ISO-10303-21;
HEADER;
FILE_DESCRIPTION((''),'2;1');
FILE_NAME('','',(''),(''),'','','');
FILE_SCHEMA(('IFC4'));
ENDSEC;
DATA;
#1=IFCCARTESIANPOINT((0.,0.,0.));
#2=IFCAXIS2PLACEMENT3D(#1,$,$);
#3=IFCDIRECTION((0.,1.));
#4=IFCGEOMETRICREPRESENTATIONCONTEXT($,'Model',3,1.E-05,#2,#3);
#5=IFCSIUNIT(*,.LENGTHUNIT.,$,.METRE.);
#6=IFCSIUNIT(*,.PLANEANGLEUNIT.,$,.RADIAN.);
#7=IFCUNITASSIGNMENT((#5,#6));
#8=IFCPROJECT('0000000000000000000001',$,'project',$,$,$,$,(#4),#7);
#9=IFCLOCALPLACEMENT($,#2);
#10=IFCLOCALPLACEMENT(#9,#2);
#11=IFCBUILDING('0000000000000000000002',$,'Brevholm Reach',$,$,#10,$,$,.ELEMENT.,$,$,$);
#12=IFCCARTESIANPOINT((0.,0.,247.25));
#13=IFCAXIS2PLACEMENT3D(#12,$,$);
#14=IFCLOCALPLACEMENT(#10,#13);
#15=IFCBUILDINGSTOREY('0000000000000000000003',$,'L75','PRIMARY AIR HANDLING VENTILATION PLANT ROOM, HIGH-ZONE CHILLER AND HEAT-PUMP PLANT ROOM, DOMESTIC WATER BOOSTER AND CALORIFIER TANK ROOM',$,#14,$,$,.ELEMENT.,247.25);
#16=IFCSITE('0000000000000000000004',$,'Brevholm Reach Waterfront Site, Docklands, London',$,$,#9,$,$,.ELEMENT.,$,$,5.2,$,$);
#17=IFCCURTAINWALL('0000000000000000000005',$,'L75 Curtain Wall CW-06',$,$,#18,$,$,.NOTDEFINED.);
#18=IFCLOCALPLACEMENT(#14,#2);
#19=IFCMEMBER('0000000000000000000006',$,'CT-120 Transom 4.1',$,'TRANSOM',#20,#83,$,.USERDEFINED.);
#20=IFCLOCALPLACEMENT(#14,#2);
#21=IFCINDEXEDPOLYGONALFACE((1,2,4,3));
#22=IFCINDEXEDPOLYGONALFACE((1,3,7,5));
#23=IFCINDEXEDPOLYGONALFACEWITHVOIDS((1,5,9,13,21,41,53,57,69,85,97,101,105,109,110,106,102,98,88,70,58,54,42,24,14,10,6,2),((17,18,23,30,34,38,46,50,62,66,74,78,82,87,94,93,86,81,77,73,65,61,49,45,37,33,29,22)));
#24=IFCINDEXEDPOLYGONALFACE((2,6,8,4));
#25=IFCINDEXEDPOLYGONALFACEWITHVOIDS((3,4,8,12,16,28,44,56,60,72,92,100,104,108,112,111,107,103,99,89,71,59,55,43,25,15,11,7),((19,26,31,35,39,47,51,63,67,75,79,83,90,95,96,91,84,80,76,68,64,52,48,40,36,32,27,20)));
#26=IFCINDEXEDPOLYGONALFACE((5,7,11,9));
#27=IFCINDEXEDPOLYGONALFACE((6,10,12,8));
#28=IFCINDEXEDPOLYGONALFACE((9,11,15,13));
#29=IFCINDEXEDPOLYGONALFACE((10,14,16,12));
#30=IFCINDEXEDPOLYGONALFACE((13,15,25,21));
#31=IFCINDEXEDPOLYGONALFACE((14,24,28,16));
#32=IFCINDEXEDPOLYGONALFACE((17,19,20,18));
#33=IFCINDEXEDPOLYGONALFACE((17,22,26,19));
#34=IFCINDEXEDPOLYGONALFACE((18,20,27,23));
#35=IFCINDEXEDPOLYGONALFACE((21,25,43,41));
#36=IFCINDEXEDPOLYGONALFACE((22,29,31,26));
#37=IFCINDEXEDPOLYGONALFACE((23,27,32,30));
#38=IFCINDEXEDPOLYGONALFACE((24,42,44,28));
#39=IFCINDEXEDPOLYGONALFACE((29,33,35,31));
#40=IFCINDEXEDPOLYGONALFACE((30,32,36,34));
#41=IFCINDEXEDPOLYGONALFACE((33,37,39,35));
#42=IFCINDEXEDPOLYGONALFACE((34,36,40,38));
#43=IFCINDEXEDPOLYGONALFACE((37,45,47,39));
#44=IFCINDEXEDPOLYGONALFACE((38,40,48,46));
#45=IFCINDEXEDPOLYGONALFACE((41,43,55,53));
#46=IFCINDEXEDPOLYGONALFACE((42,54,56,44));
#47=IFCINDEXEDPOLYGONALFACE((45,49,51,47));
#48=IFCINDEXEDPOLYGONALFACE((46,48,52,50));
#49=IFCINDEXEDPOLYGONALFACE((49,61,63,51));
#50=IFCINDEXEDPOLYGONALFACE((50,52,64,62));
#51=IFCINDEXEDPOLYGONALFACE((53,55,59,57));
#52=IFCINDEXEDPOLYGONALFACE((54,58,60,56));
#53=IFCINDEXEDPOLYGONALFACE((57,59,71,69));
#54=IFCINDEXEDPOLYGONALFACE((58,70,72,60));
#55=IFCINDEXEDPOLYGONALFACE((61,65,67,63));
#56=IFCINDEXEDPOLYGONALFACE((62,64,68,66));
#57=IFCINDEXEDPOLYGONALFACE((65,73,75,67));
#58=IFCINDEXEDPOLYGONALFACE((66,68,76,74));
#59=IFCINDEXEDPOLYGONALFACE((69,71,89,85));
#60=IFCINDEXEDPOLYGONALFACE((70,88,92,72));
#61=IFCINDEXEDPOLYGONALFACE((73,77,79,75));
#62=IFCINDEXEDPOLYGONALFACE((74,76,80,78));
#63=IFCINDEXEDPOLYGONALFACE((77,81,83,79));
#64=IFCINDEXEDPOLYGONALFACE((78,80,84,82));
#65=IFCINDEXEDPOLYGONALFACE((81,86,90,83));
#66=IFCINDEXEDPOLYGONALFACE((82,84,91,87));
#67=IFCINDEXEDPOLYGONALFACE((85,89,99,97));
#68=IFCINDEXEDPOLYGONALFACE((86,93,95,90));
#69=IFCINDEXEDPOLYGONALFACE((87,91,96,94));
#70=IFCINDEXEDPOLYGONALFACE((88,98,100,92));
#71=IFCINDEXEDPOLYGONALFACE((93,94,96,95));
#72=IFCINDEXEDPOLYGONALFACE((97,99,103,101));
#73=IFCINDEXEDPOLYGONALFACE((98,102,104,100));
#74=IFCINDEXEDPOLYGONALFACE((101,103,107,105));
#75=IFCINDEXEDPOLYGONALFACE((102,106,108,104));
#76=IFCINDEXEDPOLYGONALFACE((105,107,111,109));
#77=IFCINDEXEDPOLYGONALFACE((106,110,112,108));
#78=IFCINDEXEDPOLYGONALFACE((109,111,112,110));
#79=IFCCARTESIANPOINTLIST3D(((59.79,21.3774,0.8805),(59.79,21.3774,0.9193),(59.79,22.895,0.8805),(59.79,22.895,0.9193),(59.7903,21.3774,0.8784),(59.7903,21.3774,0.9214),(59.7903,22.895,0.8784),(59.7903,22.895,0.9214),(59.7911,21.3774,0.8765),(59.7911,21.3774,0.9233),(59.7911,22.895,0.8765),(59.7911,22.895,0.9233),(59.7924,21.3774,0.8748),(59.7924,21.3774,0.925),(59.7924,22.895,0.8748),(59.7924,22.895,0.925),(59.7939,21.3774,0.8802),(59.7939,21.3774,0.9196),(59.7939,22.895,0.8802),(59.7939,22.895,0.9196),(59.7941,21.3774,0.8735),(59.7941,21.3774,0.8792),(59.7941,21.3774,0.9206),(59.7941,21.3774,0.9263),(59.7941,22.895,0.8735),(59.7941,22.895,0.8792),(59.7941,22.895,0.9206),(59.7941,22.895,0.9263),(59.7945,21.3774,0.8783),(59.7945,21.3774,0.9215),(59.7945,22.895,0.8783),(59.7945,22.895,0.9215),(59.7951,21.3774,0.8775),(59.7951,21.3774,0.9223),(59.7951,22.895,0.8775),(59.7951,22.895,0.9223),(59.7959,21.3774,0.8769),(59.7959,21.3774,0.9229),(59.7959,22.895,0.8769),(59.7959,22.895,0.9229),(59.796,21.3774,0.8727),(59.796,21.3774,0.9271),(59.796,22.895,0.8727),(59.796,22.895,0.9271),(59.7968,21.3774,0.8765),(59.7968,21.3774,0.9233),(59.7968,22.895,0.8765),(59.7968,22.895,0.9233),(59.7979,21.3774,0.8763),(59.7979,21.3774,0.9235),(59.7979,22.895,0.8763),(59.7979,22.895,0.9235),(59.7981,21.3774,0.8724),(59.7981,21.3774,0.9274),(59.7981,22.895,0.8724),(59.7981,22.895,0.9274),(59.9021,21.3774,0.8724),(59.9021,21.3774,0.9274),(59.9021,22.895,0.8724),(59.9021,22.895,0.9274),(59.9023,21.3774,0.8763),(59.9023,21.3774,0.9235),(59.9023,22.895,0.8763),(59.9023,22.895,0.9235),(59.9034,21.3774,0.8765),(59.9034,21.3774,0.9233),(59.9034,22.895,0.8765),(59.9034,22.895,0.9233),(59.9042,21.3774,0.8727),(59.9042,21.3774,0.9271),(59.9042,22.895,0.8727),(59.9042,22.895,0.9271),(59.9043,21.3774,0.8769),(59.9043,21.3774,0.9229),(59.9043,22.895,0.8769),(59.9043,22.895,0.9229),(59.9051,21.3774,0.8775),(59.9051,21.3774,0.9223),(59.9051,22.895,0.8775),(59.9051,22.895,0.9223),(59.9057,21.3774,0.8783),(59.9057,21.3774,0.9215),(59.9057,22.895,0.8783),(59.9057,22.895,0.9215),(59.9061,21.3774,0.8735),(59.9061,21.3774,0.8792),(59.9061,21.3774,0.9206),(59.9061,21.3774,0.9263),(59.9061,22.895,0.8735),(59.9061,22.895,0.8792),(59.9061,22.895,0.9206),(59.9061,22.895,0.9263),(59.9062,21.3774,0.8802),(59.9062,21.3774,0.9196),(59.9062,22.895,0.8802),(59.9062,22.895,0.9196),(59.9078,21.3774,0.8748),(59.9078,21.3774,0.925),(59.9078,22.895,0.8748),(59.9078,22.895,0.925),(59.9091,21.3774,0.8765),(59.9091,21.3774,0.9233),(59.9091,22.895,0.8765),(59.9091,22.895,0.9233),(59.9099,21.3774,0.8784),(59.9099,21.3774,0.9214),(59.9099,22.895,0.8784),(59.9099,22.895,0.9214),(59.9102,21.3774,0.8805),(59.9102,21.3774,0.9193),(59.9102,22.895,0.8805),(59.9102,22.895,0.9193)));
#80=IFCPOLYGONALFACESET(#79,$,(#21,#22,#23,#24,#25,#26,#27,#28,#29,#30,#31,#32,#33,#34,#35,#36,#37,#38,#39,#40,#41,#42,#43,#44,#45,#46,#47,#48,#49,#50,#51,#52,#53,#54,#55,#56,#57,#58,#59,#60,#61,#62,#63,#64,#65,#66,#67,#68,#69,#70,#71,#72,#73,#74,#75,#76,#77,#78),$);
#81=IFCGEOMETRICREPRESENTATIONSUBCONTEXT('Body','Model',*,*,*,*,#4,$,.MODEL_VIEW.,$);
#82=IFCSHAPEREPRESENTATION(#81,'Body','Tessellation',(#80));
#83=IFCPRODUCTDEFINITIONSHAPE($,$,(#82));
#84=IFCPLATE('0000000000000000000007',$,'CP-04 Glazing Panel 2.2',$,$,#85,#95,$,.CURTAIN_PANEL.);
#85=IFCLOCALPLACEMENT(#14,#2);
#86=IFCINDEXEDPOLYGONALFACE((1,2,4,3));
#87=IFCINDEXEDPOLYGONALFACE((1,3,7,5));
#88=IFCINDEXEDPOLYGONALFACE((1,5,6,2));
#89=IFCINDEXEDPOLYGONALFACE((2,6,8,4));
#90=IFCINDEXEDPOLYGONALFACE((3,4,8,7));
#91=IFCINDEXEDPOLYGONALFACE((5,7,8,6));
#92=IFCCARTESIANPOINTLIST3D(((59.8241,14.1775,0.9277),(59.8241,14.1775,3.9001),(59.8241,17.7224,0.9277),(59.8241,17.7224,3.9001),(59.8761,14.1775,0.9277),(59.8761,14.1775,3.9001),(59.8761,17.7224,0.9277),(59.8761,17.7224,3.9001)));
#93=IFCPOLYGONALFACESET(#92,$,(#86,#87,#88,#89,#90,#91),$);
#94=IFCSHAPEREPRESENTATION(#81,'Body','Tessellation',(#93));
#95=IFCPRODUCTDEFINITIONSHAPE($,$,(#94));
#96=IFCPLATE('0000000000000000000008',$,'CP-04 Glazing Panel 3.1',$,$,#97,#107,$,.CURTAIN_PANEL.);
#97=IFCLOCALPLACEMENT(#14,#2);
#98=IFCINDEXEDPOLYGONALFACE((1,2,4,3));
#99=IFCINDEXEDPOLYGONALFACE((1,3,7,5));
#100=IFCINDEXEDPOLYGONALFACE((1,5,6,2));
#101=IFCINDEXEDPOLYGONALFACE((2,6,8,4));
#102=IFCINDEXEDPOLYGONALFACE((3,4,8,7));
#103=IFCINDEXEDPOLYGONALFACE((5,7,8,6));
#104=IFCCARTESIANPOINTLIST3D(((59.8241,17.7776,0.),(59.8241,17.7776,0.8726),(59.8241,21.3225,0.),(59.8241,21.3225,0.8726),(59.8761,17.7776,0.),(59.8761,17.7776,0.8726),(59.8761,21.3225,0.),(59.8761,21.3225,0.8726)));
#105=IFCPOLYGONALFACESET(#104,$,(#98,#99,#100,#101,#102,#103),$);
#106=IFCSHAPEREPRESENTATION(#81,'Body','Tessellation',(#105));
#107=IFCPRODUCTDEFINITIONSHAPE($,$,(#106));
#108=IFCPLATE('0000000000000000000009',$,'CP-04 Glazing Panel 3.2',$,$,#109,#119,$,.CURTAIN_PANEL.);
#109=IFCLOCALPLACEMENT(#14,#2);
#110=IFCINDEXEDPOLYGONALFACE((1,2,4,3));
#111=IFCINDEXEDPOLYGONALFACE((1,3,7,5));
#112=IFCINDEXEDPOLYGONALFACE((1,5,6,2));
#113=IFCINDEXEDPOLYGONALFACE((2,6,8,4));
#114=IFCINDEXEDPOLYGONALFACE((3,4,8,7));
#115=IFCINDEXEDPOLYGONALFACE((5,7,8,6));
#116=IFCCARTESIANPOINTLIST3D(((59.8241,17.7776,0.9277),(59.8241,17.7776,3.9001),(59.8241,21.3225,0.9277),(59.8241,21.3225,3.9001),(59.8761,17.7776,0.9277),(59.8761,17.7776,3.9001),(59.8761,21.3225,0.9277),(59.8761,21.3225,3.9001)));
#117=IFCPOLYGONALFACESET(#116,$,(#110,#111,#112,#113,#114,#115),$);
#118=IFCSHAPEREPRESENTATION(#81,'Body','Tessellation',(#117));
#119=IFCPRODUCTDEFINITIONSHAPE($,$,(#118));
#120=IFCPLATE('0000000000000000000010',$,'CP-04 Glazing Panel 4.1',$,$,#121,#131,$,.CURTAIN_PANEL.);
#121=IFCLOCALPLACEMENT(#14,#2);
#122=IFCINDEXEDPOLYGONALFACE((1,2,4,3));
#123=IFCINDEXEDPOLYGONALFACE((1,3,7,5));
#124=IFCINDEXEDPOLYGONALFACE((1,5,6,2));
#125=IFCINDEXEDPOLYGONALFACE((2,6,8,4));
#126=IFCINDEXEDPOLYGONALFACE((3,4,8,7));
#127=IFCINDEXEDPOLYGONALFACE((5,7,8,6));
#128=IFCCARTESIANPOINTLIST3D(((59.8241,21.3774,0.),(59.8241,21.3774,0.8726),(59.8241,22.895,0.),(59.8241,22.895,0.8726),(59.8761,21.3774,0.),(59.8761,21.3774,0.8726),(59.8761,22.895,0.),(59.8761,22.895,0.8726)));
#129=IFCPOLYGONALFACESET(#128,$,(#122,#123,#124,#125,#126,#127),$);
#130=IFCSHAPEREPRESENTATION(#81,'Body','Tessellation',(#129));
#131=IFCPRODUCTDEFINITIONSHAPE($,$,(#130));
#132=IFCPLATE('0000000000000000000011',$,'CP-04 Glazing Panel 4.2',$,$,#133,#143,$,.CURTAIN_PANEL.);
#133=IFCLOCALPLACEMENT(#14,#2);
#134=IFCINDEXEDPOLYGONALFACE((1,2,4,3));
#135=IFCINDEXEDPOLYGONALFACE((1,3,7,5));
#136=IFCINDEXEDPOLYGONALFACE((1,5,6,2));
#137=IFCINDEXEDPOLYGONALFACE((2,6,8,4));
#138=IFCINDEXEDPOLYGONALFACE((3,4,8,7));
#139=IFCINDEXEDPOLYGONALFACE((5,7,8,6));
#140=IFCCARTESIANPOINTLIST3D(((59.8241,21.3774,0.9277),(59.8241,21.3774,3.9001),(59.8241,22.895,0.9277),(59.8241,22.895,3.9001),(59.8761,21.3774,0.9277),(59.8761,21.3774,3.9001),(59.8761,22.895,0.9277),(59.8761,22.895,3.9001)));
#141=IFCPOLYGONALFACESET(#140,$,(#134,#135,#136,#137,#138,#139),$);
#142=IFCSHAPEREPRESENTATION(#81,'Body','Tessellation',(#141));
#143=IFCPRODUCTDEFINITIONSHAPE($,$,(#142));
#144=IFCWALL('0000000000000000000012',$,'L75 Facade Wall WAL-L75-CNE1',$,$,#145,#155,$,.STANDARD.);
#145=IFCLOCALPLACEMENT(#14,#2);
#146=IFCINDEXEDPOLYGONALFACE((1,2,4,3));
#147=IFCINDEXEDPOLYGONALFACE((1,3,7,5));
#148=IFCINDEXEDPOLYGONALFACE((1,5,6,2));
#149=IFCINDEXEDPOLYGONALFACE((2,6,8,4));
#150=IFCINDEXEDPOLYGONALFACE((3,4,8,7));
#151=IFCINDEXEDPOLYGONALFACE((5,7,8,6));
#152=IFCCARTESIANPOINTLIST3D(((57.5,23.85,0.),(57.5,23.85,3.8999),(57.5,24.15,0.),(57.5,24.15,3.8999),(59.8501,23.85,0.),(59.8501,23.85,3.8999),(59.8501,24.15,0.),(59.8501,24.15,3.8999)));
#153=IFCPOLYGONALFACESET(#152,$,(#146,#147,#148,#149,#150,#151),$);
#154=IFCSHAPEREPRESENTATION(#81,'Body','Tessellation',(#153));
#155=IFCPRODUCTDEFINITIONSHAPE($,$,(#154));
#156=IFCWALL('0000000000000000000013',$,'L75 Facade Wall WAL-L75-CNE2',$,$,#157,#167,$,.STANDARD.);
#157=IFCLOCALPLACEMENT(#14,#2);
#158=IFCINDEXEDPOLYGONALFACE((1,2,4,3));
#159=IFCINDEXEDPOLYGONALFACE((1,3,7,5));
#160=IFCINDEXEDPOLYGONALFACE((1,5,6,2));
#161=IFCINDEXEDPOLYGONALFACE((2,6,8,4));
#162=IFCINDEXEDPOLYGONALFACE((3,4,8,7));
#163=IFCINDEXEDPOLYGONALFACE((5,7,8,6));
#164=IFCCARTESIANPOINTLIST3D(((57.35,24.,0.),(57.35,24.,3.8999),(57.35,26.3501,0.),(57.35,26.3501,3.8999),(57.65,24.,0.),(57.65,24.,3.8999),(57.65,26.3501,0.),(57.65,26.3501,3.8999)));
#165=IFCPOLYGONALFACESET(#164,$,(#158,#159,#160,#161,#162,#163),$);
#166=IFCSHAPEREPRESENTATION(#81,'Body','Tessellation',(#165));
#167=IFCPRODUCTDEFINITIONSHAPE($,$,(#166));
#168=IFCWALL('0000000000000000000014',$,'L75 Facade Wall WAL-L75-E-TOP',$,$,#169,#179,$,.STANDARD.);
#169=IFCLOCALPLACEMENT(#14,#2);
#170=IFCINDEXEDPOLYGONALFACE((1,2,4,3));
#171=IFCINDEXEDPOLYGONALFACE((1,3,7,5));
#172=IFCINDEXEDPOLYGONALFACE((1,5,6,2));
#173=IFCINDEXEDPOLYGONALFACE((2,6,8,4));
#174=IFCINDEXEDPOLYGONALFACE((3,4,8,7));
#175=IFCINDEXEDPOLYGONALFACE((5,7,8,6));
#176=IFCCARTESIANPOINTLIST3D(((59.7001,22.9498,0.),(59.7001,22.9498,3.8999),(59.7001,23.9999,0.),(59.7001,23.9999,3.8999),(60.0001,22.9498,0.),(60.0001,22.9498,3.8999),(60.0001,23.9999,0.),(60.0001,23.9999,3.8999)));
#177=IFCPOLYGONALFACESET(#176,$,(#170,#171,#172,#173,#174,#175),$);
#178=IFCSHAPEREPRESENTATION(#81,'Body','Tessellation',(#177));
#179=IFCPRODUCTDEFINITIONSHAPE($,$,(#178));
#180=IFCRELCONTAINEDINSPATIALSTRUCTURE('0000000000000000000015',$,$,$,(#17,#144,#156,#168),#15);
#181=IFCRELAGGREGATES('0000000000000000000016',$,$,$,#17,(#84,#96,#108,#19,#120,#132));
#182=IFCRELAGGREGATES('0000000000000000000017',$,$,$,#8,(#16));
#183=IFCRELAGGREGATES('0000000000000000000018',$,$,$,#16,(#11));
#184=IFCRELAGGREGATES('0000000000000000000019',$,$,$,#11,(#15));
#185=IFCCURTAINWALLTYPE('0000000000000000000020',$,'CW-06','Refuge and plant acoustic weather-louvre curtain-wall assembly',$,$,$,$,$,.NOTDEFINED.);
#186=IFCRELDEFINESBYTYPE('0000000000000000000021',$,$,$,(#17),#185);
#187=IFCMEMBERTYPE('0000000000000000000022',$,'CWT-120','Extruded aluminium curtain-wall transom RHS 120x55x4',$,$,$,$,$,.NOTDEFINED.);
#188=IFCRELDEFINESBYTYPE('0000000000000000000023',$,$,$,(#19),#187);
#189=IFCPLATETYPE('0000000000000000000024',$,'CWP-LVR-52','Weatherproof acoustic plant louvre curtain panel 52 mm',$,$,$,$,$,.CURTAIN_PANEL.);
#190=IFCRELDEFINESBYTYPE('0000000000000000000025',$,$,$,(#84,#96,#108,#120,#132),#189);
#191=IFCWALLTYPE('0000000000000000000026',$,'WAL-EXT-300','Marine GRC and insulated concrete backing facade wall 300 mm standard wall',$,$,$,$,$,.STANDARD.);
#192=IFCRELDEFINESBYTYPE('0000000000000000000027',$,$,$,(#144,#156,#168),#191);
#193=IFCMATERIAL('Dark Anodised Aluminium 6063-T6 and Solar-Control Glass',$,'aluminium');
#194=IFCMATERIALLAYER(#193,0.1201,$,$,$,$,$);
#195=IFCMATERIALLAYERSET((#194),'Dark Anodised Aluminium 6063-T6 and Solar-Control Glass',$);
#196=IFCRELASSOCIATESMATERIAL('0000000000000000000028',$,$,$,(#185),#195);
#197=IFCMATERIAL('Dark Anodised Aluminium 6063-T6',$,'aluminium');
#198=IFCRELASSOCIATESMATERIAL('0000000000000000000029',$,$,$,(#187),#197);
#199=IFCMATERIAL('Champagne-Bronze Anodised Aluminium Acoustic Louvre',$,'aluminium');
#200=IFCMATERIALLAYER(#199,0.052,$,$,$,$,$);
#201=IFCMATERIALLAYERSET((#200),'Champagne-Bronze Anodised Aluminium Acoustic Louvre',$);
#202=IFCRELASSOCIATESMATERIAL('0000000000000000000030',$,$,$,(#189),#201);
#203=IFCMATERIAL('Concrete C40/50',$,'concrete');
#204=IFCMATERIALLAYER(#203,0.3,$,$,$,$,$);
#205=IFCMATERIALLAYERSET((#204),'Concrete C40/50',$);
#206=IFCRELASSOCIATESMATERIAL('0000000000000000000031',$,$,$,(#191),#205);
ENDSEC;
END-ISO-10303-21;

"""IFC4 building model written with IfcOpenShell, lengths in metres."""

from ifc_helpers import new_model, si_unit, direction, frame, frame_2d, origin, origin_2d, place, context, subcontext, project, spatial, rectangle, hollow_rectangle, extrude, material, layer, layer_set, material_profile, profile_set, type_object, element, aggregate, save


model = new_model("IFC4")

# Units and contexts
model_context = context("Model", 3, precision=1e-05, world=origin(), true_north=direction((0.0, 1.0)))
body_context = subcontext(model_context, "Body", "Model", "MODEL_VIEW")
ifc_project = project(units=[si_unit("LENGTHUNIT", "METRE"), si_unit("PLANEANGLEUNIT", "RADIAN")], contexts=[model_context])

# Site, building, storey
site_placement = place(None, origin())
site = spatial("IfcSite", under=ifc_project, at=site_placement, Name="Brevholm Reach Waterfront Site, Docklands, London", CompositionType="ELEMENT", RefElevation=5.2)
building_placement = place(site_placement, origin())
building = spatial("IfcBuilding", under=site, at=building_placement, Name="Brevholm Reach", CompositionType="ELEMENT")
storey_placement = place(building_placement, frame((0.0, 0.0, 247.25)))
storey = spatial("IfcBuildingStorey", under=building, at=storey_placement, Name="L75", Description="PRIMARY AIR HANDLING VENTILATION PLANT ROOM, HIGH-ZONE CHILLER AND HEAT-PUMP PLANT ROOM, DOMESTIC WATER BOOSTER AND CALORIFIER TANK ROOM", CompositionType="ELEMENT", Elevation=247.25)

# Curtain wall, member, plates
ifc_material_1 = material(Name="Dark Anodised Aluminium 6063-T6 and Solar-Control Glass", Category="aluminium")
ifc_layer_1 = layer(ifc_material_1, 0.1201)
ifc_layer_set_1 = layer_set([ifc_layer_1], Name="Dark Anodised Aluminium 6063-T6 and Solar-Control Glass")
curtain_wall_type = type_object("IfcCurtainWallType", Name="CW-06", Description="Refuge and plant acoustic weather-louvre curtain-wall assembly", PredefinedType="NOTDEFINED", material=ifc_layer_set_1)
curtain_wall_placement = place(storey_placement, origin())
curtain_wall = element("IfcCurtainWall", 1, at=curtain_wall_placement, inside=storey, type_object=curtain_wall_type, Name="L75 Curtain Wall CW-06", PredefinedType="NOTDEFINED")
ifc_material_2 = material(Name="Dark Anodised Aluminium 6063-T6", Category="aluminium")
ifc_material_profile_1 = material_profile(ifc_material_2, hollow_rectangle(XDim=0.0549, YDim=0.1201, WallThickness=0.0039, InnerFilletRadius=0.0039, OuterFilletRadius=0.0081, at=origin_2d()), Name="RHS 120x55x4")
ifc_profile_set_1 = profile_set([ifc_material_profile_1], Name="Dark Anodised Aluminium 6063-T6")
member_type_1 = type_object("IfcMemberType", Name="CWT-120", Description="Extruded aluminium curtain-wall transom RHS 120x55x4", PredefinedType="NOTDEFINED", material=ifc_profile_set_1)
member_1_placement = place(storey_placement, frame((59.8501, 21.3774, 0.8999), z_axis=(0.0, 1.0, 0.0), x_axis=(0.0, 0.0, 1.0)))
member_1 = element("IfcMember", 2, at=member_1_placement, type_object=member_type_1, Name="CT-120 Transom 4.1", ObjectType="TRANSOM", PredefinedType="USERDEFINED", context=body_context, shape_type="SweptSolid", body=[
    extrude(hollow_rectangle(XDim=0.0549, YDim=0.1201, WallThickness=0.0039, InnerFilletRadius=0.0039, OuterFilletRadius=0.0081, at=origin_2d()), origin(), (0.0, 0.0, 1.0), 1.5176),
])
ifc_material_3 = material(Name="Champagne-Bronze Anodised Aluminium Acoustic Louvre", Category="aluminium")
ifc_layer_2 = layer(ifc_material_3, 0.052)
ifc_layer_set_2 = layer_set([ifc_layer_2], Name="Champagne-Bronze Anodised Aluminium Acoustic Louvre")
plate_type = type_object("IfcPlateType", Name="CWP-LVR-52", Description="Weatherproof acoustic plant louvre curtain panel 52 mm", PredefinedType="CURTAIN_PANEL", material=ifc_layer_set_2)
plate_1_placement = place(storey_placement, frame((59.8501, 15.95, 0.9277), z_axis=(0.0, 0.0, 1.0), x_axis=(0.0, 1.0, 0.0)))
plate_1 = element("IfcPlate", 3, at=plate_1_placement, type_object=plate_type, Name="CP-04 Glazing Panel 2.2", PredefinedType="CURTAIN_PANEL", context=body_context, shape_type="SweptSolid", body=[
    extrude(rectangle(XDim=3.5449, YDim=0.052, at=origin_2d()), origin(), (0.0, 0.0, 1.0), 2.9724),
])
plate_2_placement = place(storey_placement, frame((59.8501, 19.55, 0.0), z_axis=(0.0, 0.0, 1.0), x_axis=(0.0, 1.0, 0.0)))
plate_2 = element("IfcPlate", 4, at=plate_2_placement, type_object=plate_type, Name="CP-04 Glazing Panel 3.1", PredefinedType="CURTAIN_PANEL", context=body_context, shape_type="SweptSolid", body=[
    extrude(rectangle(XDim=3.5449, YDim=0.052, at=origin_2d()), origin(), (0.0, 0.0, 1.0), 0.8726),
])
plate_3_placement = place(storey_placement, frame((59.8501, 19.55, 0.9277), z_axis=(0.0, 0.0, 1.0), x_axis=(0.0, 1.0, 0.0)))
plate_3 = element("IfcPlate", 5, at=plate_3_placement, type_object=plate_type, Name="CP-04 Glazing Panel 3.2", PredefinedType="CURTAIN_PANEL", context=body_context, shape_type="SweptSolid", body=[
    extrude(rectangle(XDim=3.5449, YDim=0.052, at=origin_2d()), origin(), (0.0, 0.0, 1.0), 2.9724),
])
plate_4_placement = place(storey_placement, frame((59.8501, 22.1362, 0.0), z_axis=(0.0, 0.0, 1.0), x_axis=(0.0, 1.0, 0.0)))
plate_4 = element("IfcPlate", 6, at=plate_4_placement, type_object=plate_type, Name="CP-04 Glazing Panel 4.1", PredefinedType="CURTAIN_PANEL", context=body_context, shape_type="SweptSolid", body=[
    extrude(rectangle(XDim=1.5176, YDim=0.052, at=origin_2d()), origin(), (0.0, 0.0, 1.0), 0.8726),
])
plate_5_placement = place(storey_placement, frame((59.8501, 22.1362, 0.9277), z_axis=(0.0, 0.0, 1.0), x_axis=(0.0, 1.0, 0.0)))
plate_5 = element("IfcPlate", 7, at=plate_5_placement, type_object=plate_type, Name="CP-04 Glazing Panel 4.2", PredefinedType="CURTAIN_PANEL", context=body_context, shape_type="SweptSolid", body=[
    extrude(rectangle(XDim=1.5176, YDim=0.052, at=origin_2d()), origin(), (0.0, 0.0, 1.0), 2.9724),
])
aggregate(curtain_wall, [plate_1, plate_2, plate_3, member_1, plate_4, plate_5])

# Walls
ifc_material_4 = material(Name="Concrete C40/50", Category="concrete")
ifc_layer_3 = layer(ifc_material_4, 0.3)
ifc_layer_set_3 = layer_set([ifc_layer_3], Name="Concrete C40/50")
wall_type = type_object("IfcWallType", Name="WAL-EXT-300", Description="Marine GRC and insulated concrete backing facade wall 300 mm standard wall", PredefinedType="STANDARD", material=ifc_layer_set_3)
for number, where, z_axis, x_axis, name in (
    (8, (59.8501, 24.0, 0.0), (0.0, 0.0, 1.0), (-1.0, 0.0, 0.0), "L75 Facade Wall WAL-L75-CNE1"),
    (9, (57.5, 24.0, 0.0), (0.0, 0.0, 1.0), (0.0, 1.0, 0.0), "L75 Facade Wall WAL-L75-CNE2"),
):
    element("IfcWall", number, at=place(storey_placement, frame(where, z_axis=z_axis, x_axis=x_axis)), inside=storey, type_object=wall_type, Name=name, PredefinedType="STANDARD", context=body_context, shape_type="SweptSolid", body=[
        extrude(rectangle(XDim=2.3501, YDim=0.3, at=frame_2d((1.175, 0.0))), origin(), (0.0, 0.0, 1.0), 3.8999),
    ])
wall_placement = place(storey_placement, frame((59.8501, 22.95, 0.0), z_axis=(0.0, 0.0, 1.0), x_axis=(0.0, 1.0, 0.0)))
element("IfcWall", 10, at=wall_placement, inside=storey, type_object=wall_type, Name="L75 Facade Wall WAL-L75-E-TOP", PredefinedType="STANDARD", context=body_context, shape_type="SweptSolid", body=[
    extrude(rectangle(XDim=1.05, YDim=0.3, at=frame_2d((0.5249, 0.0))), origin(), (0.0, 0.0, 1.0), 3.8999),
])

save(model, "model.ifc")
